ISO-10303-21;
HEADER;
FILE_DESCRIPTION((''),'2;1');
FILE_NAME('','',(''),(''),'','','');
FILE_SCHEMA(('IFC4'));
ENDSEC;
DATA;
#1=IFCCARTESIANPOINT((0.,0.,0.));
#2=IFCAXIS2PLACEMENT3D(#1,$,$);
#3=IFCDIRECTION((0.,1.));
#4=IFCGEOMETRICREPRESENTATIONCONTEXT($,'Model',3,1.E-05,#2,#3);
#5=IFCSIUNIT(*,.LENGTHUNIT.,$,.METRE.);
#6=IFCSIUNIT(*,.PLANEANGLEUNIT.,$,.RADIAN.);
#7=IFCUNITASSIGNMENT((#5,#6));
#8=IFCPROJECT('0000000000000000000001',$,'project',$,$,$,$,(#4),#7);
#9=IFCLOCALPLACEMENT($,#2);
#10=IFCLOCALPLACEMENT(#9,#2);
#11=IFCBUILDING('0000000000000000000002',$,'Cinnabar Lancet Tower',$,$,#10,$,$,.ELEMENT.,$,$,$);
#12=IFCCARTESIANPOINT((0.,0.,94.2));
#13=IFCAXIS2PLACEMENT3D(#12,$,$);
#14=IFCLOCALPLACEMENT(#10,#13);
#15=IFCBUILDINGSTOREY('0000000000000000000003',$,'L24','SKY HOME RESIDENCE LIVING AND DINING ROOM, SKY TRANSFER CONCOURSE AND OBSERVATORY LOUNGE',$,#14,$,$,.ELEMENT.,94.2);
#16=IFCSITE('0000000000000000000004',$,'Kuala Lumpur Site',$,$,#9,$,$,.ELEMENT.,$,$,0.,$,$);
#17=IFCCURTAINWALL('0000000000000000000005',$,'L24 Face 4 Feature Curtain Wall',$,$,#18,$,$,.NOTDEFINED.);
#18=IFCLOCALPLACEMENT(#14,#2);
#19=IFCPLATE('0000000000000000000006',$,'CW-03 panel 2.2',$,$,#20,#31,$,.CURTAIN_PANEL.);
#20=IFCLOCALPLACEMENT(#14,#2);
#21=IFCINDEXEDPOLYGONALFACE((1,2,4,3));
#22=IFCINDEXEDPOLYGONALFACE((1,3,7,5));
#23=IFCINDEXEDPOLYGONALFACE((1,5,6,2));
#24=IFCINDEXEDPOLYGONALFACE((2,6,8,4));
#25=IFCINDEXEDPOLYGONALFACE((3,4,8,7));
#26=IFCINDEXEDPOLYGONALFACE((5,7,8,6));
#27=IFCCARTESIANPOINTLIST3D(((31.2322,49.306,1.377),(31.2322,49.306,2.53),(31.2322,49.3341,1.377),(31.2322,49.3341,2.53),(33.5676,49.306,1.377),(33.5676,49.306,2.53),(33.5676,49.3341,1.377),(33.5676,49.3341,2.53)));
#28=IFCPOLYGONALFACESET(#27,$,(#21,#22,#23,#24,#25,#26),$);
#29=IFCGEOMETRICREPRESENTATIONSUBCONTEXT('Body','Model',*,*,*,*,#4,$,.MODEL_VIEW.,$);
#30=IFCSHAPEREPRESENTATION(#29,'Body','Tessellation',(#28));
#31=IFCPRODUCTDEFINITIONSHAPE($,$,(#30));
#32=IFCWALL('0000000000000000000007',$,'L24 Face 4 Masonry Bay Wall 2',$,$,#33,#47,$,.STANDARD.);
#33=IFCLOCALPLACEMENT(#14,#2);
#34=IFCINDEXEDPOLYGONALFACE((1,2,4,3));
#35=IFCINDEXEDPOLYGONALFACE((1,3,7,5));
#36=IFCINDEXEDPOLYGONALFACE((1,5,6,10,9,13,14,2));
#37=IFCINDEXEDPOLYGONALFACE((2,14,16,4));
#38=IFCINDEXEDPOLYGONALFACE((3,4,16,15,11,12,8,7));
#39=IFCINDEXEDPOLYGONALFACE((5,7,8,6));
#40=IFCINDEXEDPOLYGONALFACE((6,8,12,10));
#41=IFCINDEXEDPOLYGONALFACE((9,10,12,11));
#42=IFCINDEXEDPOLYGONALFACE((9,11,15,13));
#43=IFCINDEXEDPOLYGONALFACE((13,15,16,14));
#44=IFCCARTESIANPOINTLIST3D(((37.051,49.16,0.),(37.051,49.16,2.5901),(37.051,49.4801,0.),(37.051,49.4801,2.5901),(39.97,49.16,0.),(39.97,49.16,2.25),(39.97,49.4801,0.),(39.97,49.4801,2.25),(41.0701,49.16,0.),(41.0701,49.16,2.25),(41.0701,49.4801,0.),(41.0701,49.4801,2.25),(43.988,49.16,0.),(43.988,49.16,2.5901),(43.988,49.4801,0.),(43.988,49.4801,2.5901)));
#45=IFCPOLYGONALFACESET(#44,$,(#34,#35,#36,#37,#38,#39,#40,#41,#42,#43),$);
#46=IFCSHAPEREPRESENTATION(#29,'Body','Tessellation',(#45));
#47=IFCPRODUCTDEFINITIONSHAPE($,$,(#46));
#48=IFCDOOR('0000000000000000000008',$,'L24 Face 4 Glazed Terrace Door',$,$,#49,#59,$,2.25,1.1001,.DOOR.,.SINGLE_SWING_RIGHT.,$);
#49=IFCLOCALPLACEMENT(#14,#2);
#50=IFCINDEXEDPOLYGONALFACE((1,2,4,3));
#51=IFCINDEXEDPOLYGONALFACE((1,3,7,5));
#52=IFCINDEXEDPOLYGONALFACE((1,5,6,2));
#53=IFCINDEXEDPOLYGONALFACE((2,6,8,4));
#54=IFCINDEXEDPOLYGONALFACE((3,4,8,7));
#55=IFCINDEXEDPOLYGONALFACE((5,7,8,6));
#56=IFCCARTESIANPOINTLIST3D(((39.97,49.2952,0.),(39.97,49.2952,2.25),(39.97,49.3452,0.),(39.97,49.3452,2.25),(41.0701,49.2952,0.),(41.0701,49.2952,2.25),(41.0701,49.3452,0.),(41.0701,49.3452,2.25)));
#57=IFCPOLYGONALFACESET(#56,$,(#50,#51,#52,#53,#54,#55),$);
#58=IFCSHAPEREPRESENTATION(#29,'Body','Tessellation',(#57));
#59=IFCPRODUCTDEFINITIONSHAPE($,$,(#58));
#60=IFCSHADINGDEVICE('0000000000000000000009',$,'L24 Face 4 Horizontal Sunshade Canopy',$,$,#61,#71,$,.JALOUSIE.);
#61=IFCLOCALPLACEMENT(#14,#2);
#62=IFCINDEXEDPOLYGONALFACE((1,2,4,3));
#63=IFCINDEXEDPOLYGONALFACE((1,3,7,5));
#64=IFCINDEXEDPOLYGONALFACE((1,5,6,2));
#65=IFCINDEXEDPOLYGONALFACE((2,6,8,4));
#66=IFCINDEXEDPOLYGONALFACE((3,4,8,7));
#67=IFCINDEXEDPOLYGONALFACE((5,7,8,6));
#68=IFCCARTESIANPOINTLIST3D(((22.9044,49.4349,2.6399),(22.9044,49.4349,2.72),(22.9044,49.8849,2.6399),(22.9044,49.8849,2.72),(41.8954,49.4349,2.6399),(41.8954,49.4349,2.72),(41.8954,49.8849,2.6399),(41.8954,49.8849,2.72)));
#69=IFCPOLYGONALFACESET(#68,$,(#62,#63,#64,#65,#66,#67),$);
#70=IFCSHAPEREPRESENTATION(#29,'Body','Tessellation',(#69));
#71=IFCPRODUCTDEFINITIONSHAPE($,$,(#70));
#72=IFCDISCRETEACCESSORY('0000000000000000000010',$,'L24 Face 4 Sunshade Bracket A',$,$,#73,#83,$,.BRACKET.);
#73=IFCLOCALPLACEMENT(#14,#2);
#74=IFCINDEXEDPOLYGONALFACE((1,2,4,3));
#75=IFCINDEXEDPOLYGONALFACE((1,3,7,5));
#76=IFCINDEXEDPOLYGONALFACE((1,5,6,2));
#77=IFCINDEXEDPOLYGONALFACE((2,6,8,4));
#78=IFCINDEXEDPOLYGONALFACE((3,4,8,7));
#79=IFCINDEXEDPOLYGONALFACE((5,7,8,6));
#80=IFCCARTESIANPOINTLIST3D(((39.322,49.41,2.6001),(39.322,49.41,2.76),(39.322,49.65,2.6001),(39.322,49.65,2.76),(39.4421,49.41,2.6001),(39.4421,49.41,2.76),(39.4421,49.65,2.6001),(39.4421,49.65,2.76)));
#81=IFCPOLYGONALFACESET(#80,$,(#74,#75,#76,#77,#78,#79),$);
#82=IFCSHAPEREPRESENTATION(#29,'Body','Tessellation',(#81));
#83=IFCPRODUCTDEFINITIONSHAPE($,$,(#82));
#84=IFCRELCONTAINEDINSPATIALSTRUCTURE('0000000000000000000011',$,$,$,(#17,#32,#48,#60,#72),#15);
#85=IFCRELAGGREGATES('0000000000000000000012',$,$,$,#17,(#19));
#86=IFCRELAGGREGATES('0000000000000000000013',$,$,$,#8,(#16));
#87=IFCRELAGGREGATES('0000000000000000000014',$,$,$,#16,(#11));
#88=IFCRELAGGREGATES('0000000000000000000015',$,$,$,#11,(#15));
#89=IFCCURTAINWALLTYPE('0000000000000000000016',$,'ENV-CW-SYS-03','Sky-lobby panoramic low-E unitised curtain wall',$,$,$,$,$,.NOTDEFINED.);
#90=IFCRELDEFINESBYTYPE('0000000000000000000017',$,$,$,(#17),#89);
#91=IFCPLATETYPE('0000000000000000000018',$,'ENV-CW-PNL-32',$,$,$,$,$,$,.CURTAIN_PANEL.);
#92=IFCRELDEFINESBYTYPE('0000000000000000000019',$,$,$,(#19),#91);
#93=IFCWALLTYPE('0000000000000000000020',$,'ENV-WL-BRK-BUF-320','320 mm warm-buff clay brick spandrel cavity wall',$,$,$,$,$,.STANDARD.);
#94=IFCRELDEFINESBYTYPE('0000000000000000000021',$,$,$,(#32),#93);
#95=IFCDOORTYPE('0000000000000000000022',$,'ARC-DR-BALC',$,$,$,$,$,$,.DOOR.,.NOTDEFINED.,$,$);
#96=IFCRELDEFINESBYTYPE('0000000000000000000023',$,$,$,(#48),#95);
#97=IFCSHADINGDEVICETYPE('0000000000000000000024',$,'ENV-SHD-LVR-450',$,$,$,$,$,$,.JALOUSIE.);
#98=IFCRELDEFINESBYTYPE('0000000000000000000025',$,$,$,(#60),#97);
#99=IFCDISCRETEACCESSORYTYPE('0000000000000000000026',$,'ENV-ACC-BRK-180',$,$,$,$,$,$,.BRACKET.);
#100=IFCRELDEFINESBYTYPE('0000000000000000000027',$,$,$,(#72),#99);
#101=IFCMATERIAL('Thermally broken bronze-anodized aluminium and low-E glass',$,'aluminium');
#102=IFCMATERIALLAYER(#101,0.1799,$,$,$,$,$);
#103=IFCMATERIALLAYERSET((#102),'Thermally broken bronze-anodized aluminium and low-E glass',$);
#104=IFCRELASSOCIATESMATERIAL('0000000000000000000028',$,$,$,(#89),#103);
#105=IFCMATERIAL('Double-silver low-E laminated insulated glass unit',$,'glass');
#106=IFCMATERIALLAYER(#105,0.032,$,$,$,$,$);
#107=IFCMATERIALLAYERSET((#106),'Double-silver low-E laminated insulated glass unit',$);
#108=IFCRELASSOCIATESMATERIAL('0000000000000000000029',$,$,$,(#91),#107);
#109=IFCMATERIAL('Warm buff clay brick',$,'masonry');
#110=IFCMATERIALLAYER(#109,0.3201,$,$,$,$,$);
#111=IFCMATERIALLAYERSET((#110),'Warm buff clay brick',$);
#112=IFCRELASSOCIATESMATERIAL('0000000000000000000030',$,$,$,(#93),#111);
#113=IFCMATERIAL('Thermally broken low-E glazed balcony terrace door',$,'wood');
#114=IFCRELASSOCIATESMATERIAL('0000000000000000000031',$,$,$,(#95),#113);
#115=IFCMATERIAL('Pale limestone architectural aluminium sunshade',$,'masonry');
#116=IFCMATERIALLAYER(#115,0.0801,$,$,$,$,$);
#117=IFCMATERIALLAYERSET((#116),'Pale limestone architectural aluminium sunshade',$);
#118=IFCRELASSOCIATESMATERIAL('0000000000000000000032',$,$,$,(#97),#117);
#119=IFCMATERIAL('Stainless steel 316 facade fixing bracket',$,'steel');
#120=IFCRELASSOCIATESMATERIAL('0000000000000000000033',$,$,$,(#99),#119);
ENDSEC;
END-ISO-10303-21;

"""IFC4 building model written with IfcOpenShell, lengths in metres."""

from ifc_helpers import new_model, si_unit, direction, frame, frame_2d, origin, origin_2d, place, context, subcontext, project, spatial, rectangle, extrude, material, layer, layer_set, type_object, element, fill, aggregate, save


model = new_model("IFC4")

# Units and contexts
model_context = context("Model", 3, precision=1e-05, world=origin(), true_north=direction((0.0, 1.0)))
body_context = subcontext(model_context, "Body", "Model", "MODEL_VIEW")
ifc_project = project(units=[si_unit("LENGTHUNIT", "METRE"), si_unit("PLANEANGLEUNIT", "RADIAN")], contexts=[model_context])

# Site, building, storey
site_placement = place(None, origin())
site = spatial("IfcSite", under=ifc_project, at=site_placement, Name="Kuala Lumpur Site", CompositionType="ELEMENT", RefElevation=0.0)
building_placement = place(site_placement, origin())
building = spatial("IfcBuilding", under=site, at=building_placement, Name="Cinnabar Lancet Tower", CompositionType="ELEMENT")
storey_placement = place(building_placement, frame((0.0, 0.0, 94.2)))
storey = spatial("IfcBuildingStorey", under=building, at=storey_placement, Name="L24", Description="SKY HOME RESIDENCE LIVING AND DINING ROOM, SKY TRANSFER CONCOURSE AND OBSERVATORY LOUNGE", CompositionType="ELEMENT", Elevation=94.2)

# Curtain wall
ifc_material_1 = material(Name="Thermally broken bronze-anodized aluminium and low-E glass", Category="aluminium")
ifc_layer_1 = layer(ifc_material_1, 0.1799)
ifc_layer_set_1 = layer_set([ifc_layer_1], Name="Thermally broken bronze-anodized aluminium and low-E glass")
curtain_wall_type = type_object("IfcCurtainWallType", Name="ENV-CW-SYS-03", Description="Sky-lobby panoramic low-E unitised curtain wall", PredefinedType="NOTDEFINED", material=ifc_layer_set_1)
curtain_wall_placement = place(storey_placement, origin())
curtain_wall = element("IfcCurtainWall", 1, at=curtain_wall_placement, inside=storey, type_object=curtain_wall_type, Name="L24 Face 4 Feature Curtain Wall", PredefinedType="NOTDEFINED")

# Plate
ifc_material_2 = material(Name="Double-silver low-E laminated insulated glass unit", Category="glass")
ifc_layer_2 = layer(ifc_material_2, 0.032)
ifc_layer_set_2 = layer_set([ifc_layer_2], Name="Double-silver low-E laminated insulated glass unit")
plate_type = type_object("IfcPlateType", Name="ENV-CW-PNL-32", PredefinedType="CURTAIN_PANEL", material=ifc_layer_set_2)
plate_1_placement = place(storey_placement, frame((32.3999, 49.3201, 1.377), z_axis=(0.0, 0.0, 1.0), x_axis=(-1.0, 0.0, 0.0)))
plate_1 = element("IfcPlate", 2, at=plate_1_placement, type_object=plate_type, Name="CW-03 panel 2.2", PredefinedType="CURTAIN_PANEL", context=body_context, shape_type="SweptSolid", body=[
    extrude(rectangle(XDim=2.3354, YDim=0.0281, at=origin_2d()), origin(), (0.0, 0.0, 1.0), 1.1531),
])
aggregate(curtain_wall, [plate_1])

# Wall, opening, door
ifc_material_3 = material(Name="Warm buff clay brick", Category="masonry")
ifc_layer_3 = layer(ifc_material_3, 0.3201)
ifc_layer_set_3 = layer_set([ifc_layer_3], Name="Warm buff clay brick")
wall_type = type_object("IfcWallType", Name="ENV-WL-BRK-BUF-320", Description="320 mm warm-buff clay brick spandrel cavity wall", PredefinedType="STANDARD", material=ifc_layer_set_3)
wall_placement = place(storey_placement, frame((43.988, 49.3201, 0.0), z_axis=(0.0, 0.0, 1.0), x_axis=(-1.0, 0.0, 0.0)))
wall = element("IfcWall", 3, at=wall_placement, inside=storey, type_object=wall_type, Name="L24 Face 4 Masonry Bay Wall 2", PredefinedType="STANDARD", context=body_context, shape_type="SweptSolid", body=[
    extrude(rectangle(XDim=6.937, YDim=0.3201, at=frame_2d((3.4685, 0.0))), origin(), (0.0, 0.0, 1.0), 2.5901),
])
opening_placement = place(wall_placement, frame((2.918, 0.0, 0.0)))
opening = element("IfcOpeningElement", 4, at=opening_placement, cuts=wall, PredefinedType="OPENING", context=body_context, shape_type="SweptSolid", body=[
    extrude(rectangle(XDim=1.1001, YDim=2.25, at=frame_2d((0.55, 1.125))), frame((0.0, 0.1699, 0.0), z_axis=(0.0, -1.0, 0.0), x_axis=(1.0, 0.0, 0.0)), (0.0, 0.0, 1.0), 0.3401),
])
ifc_material_4 = material(Name="Thermally broken low-E glazed balcony terrace door", Category="wood")
door_type = type_object("IfcDoorType", Name="ARC-DR-BALC", OperationType="NOTDEFINED", PredefinedType="DOOR", material=ifc_material_4)
door_placement = place(opening_placement, origin())
door = element("IfcDoor", 5, at=door_placement, inside=storey, type_object=door_type, Name="L24 Face 4 Glazed Terrace Door", OperationType="SINGLE_SWING_RIGHT", OverallHeight=2.25, OverallWidth=1.1001, PredefinedType="DOOR", context=body_context, shape_type="SweptSolid", body=[
    extrude(rectangle(XDim=1.1001, YDim=2.25, at=frame_2d((0.55, 1.125))), frame((0.0, 0.0249, 0.0), z_axis=(0.0, -1.0, 0.0), x_axis=(1.0, 0.0, 0.0)), (0.0, 0.0, 1.0), 0.05),
])
fill(opening, door)

# Shading device
ifc_material_5 = material(Name="Pale limestone architectural aluminium sunshade", Category="masonry")
ifc_layer_4 = layer(ifc_material_5, 0.0801)
ifc_layer_set_4 = layer_set([ifc_layer_4], Name="Pale limestone architectural aluminium sunshade")
shading_device_type = type_object("IfcShadingDeviceType", Name="ENV-SHD-LVR-450", PredefinedType="JALOUSIE", material=ifc_layer_set_4)
shading_device_placement = place(storey_placement, frame((32.3999, 49.6599, 2.6399), z_axis=(0.0, 0.0, 1.0), x_axis=(-1.0, 0.0, 0.0)))
element("IfcShadingDevice", 6, at=shading_device_placement, inside=storey, type_object=shading_device_type, Name="L24 Face 4 Horizontal Sunshade Canopy", PredefinedType="JALOUSIE", context=body_context, shape_type="SweptSolid", body=[
    extrude(rectangle(XDim=18.991, YDim=0.45, at=origin_2d()), origin(), (0.0, 0.0, 1.0), 0.0801),
])

# Discrete accessory
ifc_material_6 = material(Name="Stainless steel 316 facade fixing bracket", Category="steel")
discrete_accessory_type = type_object("IfcDiscreteAccessoryType", Name="ENV-ACC-BRK-180", PredefinedType="BRACKET", material=ifc_material_6)
discrete_accessory_placement = place(storey_placement, frame((39.3821, 49.53, 2.6001), z_axis=(0.0, 0.0, 1.0), x_axis=(-1.0, 0.0, 0.0)))
element("IfcDiscreteAccessory", 7, at=discrete_accessory_placement, inside=storey, type_object=discrete_accessory_type, Name="L24 Face 4 Sunshade Bracket A", PredefinedType="BRACKET", context=body_context, shape_type="SweptSolid", body=[
    extrude(rectangle(XDim=0.1201, YDim=0.24, at=origin_2d()), origin(), (0.0, 0.0, 1.0), 0.1599),
])

save(model, "model.ifc")
